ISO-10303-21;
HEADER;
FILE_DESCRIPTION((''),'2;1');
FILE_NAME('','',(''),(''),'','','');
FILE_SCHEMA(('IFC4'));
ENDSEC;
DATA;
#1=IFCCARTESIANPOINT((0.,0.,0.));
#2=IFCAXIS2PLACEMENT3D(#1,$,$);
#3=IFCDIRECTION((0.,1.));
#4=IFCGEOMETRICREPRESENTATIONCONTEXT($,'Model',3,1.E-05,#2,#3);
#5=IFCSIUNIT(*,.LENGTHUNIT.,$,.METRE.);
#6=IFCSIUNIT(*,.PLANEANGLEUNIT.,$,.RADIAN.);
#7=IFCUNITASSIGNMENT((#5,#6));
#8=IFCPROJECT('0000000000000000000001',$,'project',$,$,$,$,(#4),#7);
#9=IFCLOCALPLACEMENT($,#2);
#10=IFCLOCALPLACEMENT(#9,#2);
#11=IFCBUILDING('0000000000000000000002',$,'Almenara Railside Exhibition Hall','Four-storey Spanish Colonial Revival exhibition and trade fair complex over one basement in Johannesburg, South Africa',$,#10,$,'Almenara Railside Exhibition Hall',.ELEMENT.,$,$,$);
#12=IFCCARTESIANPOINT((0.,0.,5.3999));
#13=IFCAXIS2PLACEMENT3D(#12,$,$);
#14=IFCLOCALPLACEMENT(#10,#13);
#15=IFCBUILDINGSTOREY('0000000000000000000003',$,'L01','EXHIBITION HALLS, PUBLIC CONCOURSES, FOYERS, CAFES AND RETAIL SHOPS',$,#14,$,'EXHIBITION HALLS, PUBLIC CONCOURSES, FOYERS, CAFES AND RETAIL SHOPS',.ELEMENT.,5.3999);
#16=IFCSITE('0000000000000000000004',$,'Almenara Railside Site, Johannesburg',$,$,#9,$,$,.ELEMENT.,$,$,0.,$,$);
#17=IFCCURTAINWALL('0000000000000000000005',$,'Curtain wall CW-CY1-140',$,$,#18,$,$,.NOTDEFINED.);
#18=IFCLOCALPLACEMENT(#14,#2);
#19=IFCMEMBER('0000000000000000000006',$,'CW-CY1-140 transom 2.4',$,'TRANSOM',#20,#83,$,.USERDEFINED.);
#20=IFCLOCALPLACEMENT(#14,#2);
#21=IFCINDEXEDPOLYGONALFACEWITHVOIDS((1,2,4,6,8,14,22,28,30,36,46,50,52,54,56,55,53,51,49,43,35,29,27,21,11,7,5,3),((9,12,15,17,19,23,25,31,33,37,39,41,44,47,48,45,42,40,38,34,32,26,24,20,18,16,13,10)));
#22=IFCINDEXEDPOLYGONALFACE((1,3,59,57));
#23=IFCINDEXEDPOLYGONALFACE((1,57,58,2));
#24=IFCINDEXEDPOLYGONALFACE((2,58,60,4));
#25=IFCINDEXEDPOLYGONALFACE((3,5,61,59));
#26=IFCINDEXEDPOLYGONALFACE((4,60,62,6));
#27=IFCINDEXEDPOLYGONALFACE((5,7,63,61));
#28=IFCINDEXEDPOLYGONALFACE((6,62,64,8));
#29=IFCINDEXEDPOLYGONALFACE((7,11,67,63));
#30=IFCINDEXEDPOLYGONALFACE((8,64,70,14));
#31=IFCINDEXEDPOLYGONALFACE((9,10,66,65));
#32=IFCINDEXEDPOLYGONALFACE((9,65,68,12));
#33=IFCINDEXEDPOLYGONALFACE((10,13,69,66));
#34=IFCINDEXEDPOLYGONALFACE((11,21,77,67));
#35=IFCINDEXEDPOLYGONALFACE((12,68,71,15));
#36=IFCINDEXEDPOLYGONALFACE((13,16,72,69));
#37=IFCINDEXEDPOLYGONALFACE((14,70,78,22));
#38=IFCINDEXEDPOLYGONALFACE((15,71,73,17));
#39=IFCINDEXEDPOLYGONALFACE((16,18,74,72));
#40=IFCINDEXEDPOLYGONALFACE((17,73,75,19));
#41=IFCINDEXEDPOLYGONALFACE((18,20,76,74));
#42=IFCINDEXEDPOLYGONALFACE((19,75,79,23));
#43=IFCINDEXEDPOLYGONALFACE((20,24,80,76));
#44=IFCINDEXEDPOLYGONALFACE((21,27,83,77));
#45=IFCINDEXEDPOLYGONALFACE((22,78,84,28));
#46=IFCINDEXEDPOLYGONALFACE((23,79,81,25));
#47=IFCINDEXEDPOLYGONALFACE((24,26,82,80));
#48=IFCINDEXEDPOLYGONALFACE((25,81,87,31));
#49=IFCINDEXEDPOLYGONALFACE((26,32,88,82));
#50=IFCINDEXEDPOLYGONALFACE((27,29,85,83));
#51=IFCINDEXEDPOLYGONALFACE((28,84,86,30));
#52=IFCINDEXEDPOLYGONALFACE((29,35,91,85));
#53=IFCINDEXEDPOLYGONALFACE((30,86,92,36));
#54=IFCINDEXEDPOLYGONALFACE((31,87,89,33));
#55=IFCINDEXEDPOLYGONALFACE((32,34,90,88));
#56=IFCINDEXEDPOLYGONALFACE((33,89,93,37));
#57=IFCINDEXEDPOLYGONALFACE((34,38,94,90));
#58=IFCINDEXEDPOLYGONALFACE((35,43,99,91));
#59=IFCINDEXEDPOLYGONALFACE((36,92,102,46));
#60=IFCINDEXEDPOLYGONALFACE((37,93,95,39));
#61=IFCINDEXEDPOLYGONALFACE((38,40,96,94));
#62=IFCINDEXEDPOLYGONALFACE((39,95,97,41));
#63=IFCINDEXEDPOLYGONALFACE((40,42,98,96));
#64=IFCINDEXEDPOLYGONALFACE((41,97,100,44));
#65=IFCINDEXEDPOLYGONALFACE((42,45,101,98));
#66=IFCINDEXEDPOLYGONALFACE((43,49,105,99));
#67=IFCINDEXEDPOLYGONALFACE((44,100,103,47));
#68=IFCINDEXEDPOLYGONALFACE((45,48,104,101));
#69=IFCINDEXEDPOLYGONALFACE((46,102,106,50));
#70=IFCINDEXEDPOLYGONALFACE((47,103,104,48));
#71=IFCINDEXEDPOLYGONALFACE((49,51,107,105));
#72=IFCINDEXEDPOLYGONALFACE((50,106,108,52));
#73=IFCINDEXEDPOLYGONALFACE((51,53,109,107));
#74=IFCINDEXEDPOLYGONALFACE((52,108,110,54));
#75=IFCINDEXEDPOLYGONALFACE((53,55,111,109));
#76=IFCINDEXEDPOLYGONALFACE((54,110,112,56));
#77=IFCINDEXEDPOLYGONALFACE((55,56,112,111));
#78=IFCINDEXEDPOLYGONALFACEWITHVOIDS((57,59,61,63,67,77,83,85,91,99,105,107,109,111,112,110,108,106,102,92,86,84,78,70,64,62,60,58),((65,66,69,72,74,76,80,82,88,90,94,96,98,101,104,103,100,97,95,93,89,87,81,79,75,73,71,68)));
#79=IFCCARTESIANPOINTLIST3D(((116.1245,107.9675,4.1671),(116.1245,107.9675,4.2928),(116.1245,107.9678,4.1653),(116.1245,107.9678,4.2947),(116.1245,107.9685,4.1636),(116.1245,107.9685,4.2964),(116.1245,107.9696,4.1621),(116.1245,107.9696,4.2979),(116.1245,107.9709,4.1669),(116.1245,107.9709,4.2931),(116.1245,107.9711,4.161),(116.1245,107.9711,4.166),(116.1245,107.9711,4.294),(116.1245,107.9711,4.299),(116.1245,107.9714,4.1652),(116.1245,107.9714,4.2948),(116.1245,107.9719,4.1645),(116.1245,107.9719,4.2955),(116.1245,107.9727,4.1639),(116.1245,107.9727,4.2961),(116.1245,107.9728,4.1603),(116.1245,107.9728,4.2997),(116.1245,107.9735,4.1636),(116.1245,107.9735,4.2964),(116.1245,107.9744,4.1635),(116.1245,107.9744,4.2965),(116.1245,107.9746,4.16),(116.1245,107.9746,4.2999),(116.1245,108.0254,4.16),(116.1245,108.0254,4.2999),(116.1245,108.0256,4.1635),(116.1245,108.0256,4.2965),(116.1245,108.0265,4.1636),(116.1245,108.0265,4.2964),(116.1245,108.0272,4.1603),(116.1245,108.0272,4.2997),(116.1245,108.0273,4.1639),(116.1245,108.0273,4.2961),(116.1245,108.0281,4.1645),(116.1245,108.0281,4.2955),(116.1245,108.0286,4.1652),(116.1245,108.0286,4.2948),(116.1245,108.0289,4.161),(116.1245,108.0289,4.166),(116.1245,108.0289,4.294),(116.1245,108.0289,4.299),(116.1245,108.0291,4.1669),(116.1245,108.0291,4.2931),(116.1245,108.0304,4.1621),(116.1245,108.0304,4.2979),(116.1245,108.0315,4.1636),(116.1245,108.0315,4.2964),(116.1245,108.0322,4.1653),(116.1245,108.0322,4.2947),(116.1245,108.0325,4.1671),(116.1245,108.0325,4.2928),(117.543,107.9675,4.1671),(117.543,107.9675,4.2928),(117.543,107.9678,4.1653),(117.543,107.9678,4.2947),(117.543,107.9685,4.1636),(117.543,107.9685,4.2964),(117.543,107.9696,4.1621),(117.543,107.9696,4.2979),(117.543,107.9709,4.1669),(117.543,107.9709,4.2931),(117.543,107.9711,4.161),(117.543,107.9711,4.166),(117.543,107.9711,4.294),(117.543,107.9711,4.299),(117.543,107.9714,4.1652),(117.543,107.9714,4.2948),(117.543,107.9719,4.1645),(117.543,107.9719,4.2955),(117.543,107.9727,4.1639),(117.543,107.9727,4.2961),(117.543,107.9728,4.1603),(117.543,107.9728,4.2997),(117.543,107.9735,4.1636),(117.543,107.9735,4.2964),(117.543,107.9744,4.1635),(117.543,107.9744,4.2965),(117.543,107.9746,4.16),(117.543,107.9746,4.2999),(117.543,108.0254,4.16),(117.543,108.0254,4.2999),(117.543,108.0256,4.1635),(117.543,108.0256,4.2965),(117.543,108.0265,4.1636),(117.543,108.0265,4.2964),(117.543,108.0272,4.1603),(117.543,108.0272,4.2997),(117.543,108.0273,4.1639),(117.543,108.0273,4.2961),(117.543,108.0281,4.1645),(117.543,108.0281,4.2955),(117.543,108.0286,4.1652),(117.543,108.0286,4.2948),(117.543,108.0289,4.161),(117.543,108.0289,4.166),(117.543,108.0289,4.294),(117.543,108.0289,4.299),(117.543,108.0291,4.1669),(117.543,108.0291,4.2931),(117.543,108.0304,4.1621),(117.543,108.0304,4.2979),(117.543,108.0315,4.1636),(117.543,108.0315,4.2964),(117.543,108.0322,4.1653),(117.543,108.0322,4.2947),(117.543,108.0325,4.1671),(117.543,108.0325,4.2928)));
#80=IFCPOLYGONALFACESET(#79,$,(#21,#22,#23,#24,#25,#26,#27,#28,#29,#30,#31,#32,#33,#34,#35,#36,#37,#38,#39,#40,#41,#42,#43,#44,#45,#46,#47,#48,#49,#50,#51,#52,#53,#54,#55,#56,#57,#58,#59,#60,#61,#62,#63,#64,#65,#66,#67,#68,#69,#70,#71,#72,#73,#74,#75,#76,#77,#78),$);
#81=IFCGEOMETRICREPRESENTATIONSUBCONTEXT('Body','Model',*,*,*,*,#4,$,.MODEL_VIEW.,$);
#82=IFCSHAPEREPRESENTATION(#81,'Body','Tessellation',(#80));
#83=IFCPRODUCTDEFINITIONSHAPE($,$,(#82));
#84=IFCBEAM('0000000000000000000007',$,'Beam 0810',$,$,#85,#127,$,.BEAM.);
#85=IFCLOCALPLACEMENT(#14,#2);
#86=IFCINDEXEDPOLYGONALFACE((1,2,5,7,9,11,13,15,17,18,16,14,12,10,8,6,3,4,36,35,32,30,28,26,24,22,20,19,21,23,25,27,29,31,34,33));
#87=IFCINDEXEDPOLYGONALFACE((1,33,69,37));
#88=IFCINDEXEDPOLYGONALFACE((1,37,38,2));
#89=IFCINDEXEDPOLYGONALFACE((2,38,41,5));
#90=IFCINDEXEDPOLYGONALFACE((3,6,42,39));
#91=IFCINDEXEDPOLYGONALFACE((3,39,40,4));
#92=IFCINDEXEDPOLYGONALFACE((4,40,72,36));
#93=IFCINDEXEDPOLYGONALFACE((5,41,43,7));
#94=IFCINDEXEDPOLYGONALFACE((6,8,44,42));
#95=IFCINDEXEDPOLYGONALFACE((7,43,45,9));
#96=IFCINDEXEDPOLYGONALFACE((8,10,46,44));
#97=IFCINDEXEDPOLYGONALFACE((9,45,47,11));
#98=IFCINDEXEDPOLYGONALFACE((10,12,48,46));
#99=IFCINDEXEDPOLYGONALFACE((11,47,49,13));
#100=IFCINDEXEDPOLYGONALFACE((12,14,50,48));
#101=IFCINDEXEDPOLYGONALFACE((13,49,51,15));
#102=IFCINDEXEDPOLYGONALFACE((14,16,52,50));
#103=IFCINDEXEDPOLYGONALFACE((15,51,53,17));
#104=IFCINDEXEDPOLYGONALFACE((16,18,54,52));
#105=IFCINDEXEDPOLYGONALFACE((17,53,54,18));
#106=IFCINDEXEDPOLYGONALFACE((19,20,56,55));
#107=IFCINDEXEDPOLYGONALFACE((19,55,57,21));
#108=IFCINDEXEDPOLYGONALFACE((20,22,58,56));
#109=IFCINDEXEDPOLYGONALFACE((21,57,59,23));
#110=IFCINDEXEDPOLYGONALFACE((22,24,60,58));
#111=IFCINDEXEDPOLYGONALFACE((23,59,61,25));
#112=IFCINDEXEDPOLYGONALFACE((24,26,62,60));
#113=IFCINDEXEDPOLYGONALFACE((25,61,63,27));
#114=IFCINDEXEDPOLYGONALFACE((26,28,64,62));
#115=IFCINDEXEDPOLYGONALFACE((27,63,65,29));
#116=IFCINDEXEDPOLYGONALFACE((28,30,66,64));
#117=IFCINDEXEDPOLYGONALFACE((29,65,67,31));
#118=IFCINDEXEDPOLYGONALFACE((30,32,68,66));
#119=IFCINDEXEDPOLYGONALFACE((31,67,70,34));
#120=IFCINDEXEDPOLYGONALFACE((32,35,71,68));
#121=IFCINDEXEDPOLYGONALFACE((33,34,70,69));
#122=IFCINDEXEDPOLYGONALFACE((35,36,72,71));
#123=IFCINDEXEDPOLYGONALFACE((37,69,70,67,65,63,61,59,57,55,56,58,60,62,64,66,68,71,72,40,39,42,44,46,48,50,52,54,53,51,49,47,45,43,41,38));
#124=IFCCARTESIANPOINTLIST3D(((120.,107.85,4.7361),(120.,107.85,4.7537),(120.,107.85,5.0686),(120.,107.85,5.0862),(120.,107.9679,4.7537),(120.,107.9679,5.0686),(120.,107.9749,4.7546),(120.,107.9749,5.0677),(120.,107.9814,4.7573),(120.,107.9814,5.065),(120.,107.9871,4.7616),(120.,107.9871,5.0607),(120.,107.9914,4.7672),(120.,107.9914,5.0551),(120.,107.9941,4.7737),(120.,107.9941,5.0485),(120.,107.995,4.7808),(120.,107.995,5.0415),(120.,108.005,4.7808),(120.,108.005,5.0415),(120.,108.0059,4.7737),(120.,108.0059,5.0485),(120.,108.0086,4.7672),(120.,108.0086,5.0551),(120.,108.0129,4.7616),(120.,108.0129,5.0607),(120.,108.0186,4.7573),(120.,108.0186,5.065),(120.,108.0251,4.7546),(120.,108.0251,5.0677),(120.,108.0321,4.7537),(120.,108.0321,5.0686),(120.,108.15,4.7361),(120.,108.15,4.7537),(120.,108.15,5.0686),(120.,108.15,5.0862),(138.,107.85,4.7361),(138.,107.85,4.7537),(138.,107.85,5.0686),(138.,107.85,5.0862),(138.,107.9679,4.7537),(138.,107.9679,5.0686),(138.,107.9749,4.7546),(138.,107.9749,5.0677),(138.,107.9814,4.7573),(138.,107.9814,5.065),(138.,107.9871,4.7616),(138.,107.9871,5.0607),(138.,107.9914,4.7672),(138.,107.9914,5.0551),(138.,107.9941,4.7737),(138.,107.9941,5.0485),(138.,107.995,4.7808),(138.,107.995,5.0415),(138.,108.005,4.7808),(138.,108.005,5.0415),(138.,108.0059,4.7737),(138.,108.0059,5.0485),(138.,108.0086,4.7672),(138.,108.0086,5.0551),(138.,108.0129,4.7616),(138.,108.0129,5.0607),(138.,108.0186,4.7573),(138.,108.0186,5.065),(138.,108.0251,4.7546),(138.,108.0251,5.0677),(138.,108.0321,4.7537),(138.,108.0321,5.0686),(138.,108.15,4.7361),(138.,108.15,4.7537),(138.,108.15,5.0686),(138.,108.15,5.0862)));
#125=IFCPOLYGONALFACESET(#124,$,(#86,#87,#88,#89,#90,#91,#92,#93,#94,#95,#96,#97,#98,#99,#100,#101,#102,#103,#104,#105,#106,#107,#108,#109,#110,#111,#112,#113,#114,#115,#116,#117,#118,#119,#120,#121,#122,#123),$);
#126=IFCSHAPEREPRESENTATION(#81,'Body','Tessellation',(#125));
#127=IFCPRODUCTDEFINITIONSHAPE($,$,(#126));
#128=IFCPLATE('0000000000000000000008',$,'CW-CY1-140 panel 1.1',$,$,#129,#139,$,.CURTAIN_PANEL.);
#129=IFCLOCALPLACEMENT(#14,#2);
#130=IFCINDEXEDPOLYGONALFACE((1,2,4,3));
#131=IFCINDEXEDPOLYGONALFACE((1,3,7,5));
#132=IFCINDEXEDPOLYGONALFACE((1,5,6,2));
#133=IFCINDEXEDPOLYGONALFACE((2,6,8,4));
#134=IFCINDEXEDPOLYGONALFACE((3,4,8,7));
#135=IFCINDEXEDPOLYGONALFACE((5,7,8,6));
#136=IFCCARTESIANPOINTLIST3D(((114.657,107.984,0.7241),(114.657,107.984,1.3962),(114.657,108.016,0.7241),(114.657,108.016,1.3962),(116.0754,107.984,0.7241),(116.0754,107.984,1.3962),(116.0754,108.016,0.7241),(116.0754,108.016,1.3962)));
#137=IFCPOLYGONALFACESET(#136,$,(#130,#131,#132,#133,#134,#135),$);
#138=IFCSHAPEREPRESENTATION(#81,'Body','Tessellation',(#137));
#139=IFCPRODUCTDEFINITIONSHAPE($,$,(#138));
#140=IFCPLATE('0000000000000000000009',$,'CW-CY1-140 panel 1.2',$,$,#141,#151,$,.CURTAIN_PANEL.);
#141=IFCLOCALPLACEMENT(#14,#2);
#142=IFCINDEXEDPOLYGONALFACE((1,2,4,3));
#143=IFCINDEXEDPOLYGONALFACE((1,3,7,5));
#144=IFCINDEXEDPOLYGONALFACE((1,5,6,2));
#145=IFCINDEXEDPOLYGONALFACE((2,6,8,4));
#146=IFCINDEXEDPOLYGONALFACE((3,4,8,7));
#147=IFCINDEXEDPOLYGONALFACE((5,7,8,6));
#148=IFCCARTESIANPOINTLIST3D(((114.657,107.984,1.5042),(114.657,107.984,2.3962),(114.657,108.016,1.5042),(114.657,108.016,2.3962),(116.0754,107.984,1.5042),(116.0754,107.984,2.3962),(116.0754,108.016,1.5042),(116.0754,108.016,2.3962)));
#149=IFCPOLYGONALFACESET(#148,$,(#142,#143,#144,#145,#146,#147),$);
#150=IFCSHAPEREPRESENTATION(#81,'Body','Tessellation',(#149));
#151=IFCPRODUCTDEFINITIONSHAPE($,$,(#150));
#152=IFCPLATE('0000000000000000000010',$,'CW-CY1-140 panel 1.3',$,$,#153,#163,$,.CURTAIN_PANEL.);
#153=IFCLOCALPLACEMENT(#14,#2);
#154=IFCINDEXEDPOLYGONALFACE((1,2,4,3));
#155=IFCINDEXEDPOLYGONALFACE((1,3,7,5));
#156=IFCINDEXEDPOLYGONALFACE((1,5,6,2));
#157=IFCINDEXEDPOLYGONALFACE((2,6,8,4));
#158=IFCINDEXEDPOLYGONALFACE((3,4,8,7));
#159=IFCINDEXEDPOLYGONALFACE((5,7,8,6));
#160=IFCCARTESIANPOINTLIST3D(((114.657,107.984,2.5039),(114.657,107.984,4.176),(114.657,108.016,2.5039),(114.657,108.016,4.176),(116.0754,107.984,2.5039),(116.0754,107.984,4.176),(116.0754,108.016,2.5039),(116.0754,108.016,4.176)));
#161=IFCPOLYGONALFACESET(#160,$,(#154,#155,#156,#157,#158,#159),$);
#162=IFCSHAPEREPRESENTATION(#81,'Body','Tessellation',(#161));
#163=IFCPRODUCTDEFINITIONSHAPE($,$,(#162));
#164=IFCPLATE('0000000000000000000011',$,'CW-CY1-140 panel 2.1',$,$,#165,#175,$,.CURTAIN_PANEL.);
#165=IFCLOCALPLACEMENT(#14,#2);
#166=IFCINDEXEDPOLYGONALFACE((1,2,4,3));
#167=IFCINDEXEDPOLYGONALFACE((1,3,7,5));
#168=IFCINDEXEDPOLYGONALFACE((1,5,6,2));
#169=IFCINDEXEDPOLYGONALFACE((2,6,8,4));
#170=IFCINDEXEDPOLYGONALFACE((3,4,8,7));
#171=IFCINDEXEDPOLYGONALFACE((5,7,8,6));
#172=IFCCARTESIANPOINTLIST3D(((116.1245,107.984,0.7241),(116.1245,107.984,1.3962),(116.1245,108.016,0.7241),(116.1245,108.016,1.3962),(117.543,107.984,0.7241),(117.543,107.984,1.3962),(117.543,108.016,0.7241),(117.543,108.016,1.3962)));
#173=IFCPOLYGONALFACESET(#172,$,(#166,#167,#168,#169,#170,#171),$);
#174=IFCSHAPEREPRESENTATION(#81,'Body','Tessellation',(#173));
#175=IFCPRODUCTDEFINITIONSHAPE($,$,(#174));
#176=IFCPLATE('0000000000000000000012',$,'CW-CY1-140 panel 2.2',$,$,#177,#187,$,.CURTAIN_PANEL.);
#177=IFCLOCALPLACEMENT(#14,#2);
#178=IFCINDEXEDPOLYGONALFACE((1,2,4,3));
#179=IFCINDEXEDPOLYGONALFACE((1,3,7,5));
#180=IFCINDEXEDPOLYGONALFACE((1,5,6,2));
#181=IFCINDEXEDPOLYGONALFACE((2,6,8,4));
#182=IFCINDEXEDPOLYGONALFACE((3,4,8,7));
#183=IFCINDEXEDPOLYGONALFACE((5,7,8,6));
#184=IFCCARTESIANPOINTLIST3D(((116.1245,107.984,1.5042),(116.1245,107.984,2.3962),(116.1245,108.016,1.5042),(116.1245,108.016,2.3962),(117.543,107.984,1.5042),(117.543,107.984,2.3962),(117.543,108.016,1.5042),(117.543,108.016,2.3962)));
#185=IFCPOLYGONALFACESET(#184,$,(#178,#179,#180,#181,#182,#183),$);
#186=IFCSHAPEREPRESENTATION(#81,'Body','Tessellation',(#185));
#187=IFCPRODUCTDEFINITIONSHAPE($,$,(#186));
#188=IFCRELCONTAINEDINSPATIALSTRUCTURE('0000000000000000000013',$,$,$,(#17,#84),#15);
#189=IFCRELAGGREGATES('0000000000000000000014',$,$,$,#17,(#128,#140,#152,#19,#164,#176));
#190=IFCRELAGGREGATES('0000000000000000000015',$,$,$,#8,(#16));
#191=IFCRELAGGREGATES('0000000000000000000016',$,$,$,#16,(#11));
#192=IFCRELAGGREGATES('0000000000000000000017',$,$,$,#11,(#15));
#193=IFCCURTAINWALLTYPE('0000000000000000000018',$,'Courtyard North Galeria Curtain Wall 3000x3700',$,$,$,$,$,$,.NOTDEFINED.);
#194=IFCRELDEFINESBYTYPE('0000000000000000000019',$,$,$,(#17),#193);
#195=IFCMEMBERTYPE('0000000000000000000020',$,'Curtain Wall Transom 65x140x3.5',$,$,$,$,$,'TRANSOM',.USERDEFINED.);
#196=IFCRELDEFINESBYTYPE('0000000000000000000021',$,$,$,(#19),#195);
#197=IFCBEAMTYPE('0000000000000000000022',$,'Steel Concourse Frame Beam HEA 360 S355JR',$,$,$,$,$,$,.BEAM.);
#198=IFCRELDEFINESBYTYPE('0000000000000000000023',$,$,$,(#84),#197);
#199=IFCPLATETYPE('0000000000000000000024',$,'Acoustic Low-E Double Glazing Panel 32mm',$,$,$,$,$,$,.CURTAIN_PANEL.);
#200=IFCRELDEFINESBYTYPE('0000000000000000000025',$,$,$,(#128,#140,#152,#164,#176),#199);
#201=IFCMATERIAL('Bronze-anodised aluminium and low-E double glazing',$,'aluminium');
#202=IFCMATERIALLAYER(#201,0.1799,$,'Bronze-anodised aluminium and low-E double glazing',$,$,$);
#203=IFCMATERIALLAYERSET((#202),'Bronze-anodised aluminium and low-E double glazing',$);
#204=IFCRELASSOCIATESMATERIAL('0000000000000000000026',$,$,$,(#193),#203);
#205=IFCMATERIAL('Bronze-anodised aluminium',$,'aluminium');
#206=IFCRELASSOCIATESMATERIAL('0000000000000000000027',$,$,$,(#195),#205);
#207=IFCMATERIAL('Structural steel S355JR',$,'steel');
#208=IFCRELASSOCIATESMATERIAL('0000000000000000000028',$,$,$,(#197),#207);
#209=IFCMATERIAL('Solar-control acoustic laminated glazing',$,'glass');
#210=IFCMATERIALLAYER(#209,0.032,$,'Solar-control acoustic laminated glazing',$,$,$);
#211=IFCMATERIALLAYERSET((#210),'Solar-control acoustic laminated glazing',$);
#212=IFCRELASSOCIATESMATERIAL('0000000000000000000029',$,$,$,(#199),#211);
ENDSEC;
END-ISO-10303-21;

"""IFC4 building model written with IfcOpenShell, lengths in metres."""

from ifc_helpers import new_model, si_unit, direction, frame, origin, origin_2d, place, context, subcontext, project, spatial, rectangle, hollow_rectangle, i_section, extrude, material, layer, layer_set, material_profile, profile_set, type_object, element, aggregate, save


model = new_model("IFC4")

# Units and contexts
model_context = context("Model", 3, precision=1e-05, world=origin(), true_north=direction((0.0, 1.0)))
body_context = subcontext(model_context, "Body", "Model", "MODEL_VIEW")
ifc_project = project(units=[si_unit("LENGTHUNIT", "METRE"), si_unit("PLANEANGLEUNIT", "RADIAN")], contexts=[model_context])

# Site, building, storey
site_placement = place(None, origin())
site = spatial("IfcSite", under=ifc_project, at=site_placement, Name="Almenara Railside Site, Johannesburg", CompositionType="ELEMENT", RefElevation=0.0)
building_placement = place(site_placement, origin())
building = spatial("IfcBuilding", under=site, at=building_placement, Name="Almenara Railside Exhibition Hall", Description="Four-storey Spanish Colonial Revival exhibition and trade fair complex over one basement in Johannesburg, South Africa", LongName="Almenara Railside Exhibition Hall", CompositionType="ELEMENT")
storey_placement = place(building_placement, frame((0.0, 0.0, 5.3999)))
storey = spatial("IfcBuildingStorey", under=building, at=storey_placement, Name="L01", Description="EXHIBITION HALLS, PUBLIC CONCOURSES, FOYERS, CAFES AND RETAIL SHOPS", LongName="EXHIBITION HALLS, PUBLIC CONCOURSES, FOYERS, CAFES AND RETAIL SHOPS", CompositionType="ELEMENT", Elevation=5.3999)

# Shared definitions
ifc_material_1 = material(Name="Bronze-anodised aluminium and low-E double glazing", Category="aluminium")
ifc_layer_1 = layer(ifc_material_1, 0.1799, Name="Bronze-anodised aluminium and low-E double glazing")
ifc_layer_set_1 = layer_set([ifc_layer_1], Name="Bronze-anodised aluminium and low-E double glazing")
curtain_wall_type = type_object("IfcCurtainWallType", Name="Courtyard North Galeria Curtain Wall 3000x3700", PredefinedType="NOTDEFINED", material=ifc_layer_set_1)
ifc_material_2 = material(Name="Bronze-anodised aluminium", Category="aluminium")

# Curtain wall
curtain_wall_1_placement = place(storey_placement, origin())
curtain_wall_1 = element("IfcCurtainWall", 1, at=curtain_wall_1_placement, inside=storey, type_object=curtain_wall_type, Name="Curtain wall CW-CY1-140", PredefinedType="NOTDEFINED")

# Member
ifc_material_profile_1 = material_profile(ifc_material_2, hollow_rectangle(XDim=0.0649, YDim=0.1399, WallThickness=0.0034, InnerFilletRadius=0.0034, OuterFilletRadius=0.0071, at=origin_2d()), Name="ALU-TRN 65x140x3.5")
ifc_profile_set_1 = profile_set([ifc_material_profile_1], Name="Bronze-anodised aluminium")
member_type_1 = type_object("IfcMemberType", Name="Curtain Wall Transom 65x140x3.5", ElementType="TRANSOM", PredefinedType="USERDEFINED", material=ifc_profile_set_1)
member_1_placement = place(storey_placement, frame((116.1245, 108.0, 4.23), z_axis=(1.0, 0.0, 0.0), x_axis=(0.0, 1.0, 0.0)))
member_1 = element("IfcMember", 2, at=member_1_placement, type_object=member_type_1, Name="CW-CY1-140 transom 2.4", ObjectType="TRANSOM", PredefinedType="USERDEFINED", context=body_context, shape_type="SweptSolid", body=[
    extrude(hollow_rectangle(XDim=0.0649, YDim=0.1399, WallThickness=0.0034, InnerFilletRadius=0.0034, OuterFilletRadius=0.0071, at=origin_2d()), origin(), (0.0, 0.0, 1.0), 1.4185),
])

# Beam
ifc_material_3 = material(Name="Structural steel S355JR", Category="steel")
ifc_material_profile_2 = material_profile(ifc_material_3, i_section(OverallWidth=0.3, OverallDepth=0.3501, WebThickness=0.01, FlangeThickness=0.0176, FilletRadius=0.0271, at=origin_2d()), Name="HEA 360")
ifc_profile_set_2 = profile_set([ifc_material_profile_2], Name="Structural steel S355JR")
beam_type = type_object("IfcBeamType", Name="Steel Concourse Frame Beam HEA 360 S355JR", PredefinedType="BEAM", material=ifc_profile_set_2)
beam_placement = place(storey_placement, frame((120.0, 108.0, 4.9111), z_axis=(1.0, 0.0, 0.0), x_axis=(0.0, 1.0, 0.0)))
element("IfcBeam", 3, at=beam_placement, inside=storey, type_object=beam_type, Name="Beam 0810", PredefinedType="BEAM", context=body_context, shape_type="SweptSolid", body=[
    extrude(i_section(OverallWidth=0.3, OverallDepth=0.3501, WebThickness=0.01, FlangeThickness=0.0176, FilletRadius=0.0271, at=origin_2d()), origin(), (0.0, 0.0, 1.0), 18.0),
])

# Plates
ifc_material_4 = material(Name="Solar-control acoustic laminated glazing", Category="glass")
ifc_layer_2 = layer(ifc_material_4, 0.032, Name="Solar-control acoustic laminated glazing")
ifc_layer_set_2 = layer_set([ifc_layer_2], Name="Solar-control acoustic laminated glazing")
plate_type_1 = type_object("IfcPlateType", Name="Acoustic Low-E Double Glazing Panel 32mm", PredefinedType="CURTAIN_PANEL", material=ifc_layer_set_2)
plate_1_placement = place(storey_placement, frame((115.3662, 108.0, 0.7241), z_axis=(0.0, 0.0, 1.0), x_axis=(1.0, 0.0, 0.0)))
plate_1 = element("IfcPlate", 4, at=plate_1_placement, type_object=plate_type_1, Name="CW-CY1-140 panel 1.1", PredefinedType="CURTAIN_PANEL", context=body_context, shape_type="SweptSolid", body=[
    extrude(rectangle(XDim=1.4185, YDim=0.032, at=origin_2d()), origin(), (0.0, 0.0, 1.0), 0.6721),
])
plate_2_placement = place(storey_placement, frame((115.3662, 108.0, 1.5042), z_axis=(0.0, 0.0, 1.0), x_axis=(1.0, 0.0, 0.0)))
plate_2 = element("IfcPlate", 5, at=plate_2_placement, type_object=plate_type_1, Name="CW-CY1-140 panel 1.2", PredefinedType="CURTAIN_PANEL", context=body_context, shape_type="SweptSolid", body=[
    extrude(rectangle(XDim=1.4185, YDim=0.032, at=origin_2d()), origin(), (0.0, 0.0, 1.0), 0.8921),
])
plate_3_placement = place(storey_placement, frame((115.3662, 108.0, 2.5039), z_axis=(0.0, 0.0, 1.0), x_axis=(1.0, 0.0, 0.0)))
plate_3 = element("IfcPlate", 6, at=plate_3_placement, type_object=plate_type_1, Name="CW-CY1-140 panel 1.3", PredefinedType="CURTAIN_PANEL", context=body_context, shape_type="SweptSolid", body=[
    extrude(rectangle(XDim=1.4185, YDim=0.032, at=origin_2d()), origin(), (0.0, 0.0, 1.0), 1.6721),
])
plate_4_placement = place(storey_placement, frame((116.8337, 108.0, 0.7241), z_axis=(0.0, 0.0, 1.0), x_axis=(1.0, 0.0, 0.0)))
plate_4 = element("IfcPlate", 7, at=plate_4_placement, type_object=plate_type_1, Name="CW-CY1-140 panel 2.1", PredefinedType="CURTAIN_PANEL", context=body_context, shape_type="SweptSolid", body=[
    extrude(rectangle(XDim=1.4185, YDim=0.032, at=origin_2d()), origin(), (0.0, 0.0, 1.0), 0.6721),
])
plate_5_placement = place(storey_placement, frame((116.8337, 108.0, 1.5042), z_axis=(0.0, 0.0, 1.0), x_axis=(1.0, 0.0, 0.0)))
plate_5 = element("IfcPlate", 8, at=plate_5_placement, type_object=plate_type_1, Name="CW-CY1-140 panel 2.2", PredefinedType="CURTAIN_PANEL", context=body_context, shape_type="SweptSolid", body=[
    extrude(rectangle(XDim=1.4185, YDim=0.032, at=origin_2d()), origin(), (0.0, 0.0, 1.0), 0.8921),
])
aggregate(curtain_wall_1, [plate_1, plate_2, plate_3, member_1, plate_4, plate_5])

save(model, "model.ifc")
